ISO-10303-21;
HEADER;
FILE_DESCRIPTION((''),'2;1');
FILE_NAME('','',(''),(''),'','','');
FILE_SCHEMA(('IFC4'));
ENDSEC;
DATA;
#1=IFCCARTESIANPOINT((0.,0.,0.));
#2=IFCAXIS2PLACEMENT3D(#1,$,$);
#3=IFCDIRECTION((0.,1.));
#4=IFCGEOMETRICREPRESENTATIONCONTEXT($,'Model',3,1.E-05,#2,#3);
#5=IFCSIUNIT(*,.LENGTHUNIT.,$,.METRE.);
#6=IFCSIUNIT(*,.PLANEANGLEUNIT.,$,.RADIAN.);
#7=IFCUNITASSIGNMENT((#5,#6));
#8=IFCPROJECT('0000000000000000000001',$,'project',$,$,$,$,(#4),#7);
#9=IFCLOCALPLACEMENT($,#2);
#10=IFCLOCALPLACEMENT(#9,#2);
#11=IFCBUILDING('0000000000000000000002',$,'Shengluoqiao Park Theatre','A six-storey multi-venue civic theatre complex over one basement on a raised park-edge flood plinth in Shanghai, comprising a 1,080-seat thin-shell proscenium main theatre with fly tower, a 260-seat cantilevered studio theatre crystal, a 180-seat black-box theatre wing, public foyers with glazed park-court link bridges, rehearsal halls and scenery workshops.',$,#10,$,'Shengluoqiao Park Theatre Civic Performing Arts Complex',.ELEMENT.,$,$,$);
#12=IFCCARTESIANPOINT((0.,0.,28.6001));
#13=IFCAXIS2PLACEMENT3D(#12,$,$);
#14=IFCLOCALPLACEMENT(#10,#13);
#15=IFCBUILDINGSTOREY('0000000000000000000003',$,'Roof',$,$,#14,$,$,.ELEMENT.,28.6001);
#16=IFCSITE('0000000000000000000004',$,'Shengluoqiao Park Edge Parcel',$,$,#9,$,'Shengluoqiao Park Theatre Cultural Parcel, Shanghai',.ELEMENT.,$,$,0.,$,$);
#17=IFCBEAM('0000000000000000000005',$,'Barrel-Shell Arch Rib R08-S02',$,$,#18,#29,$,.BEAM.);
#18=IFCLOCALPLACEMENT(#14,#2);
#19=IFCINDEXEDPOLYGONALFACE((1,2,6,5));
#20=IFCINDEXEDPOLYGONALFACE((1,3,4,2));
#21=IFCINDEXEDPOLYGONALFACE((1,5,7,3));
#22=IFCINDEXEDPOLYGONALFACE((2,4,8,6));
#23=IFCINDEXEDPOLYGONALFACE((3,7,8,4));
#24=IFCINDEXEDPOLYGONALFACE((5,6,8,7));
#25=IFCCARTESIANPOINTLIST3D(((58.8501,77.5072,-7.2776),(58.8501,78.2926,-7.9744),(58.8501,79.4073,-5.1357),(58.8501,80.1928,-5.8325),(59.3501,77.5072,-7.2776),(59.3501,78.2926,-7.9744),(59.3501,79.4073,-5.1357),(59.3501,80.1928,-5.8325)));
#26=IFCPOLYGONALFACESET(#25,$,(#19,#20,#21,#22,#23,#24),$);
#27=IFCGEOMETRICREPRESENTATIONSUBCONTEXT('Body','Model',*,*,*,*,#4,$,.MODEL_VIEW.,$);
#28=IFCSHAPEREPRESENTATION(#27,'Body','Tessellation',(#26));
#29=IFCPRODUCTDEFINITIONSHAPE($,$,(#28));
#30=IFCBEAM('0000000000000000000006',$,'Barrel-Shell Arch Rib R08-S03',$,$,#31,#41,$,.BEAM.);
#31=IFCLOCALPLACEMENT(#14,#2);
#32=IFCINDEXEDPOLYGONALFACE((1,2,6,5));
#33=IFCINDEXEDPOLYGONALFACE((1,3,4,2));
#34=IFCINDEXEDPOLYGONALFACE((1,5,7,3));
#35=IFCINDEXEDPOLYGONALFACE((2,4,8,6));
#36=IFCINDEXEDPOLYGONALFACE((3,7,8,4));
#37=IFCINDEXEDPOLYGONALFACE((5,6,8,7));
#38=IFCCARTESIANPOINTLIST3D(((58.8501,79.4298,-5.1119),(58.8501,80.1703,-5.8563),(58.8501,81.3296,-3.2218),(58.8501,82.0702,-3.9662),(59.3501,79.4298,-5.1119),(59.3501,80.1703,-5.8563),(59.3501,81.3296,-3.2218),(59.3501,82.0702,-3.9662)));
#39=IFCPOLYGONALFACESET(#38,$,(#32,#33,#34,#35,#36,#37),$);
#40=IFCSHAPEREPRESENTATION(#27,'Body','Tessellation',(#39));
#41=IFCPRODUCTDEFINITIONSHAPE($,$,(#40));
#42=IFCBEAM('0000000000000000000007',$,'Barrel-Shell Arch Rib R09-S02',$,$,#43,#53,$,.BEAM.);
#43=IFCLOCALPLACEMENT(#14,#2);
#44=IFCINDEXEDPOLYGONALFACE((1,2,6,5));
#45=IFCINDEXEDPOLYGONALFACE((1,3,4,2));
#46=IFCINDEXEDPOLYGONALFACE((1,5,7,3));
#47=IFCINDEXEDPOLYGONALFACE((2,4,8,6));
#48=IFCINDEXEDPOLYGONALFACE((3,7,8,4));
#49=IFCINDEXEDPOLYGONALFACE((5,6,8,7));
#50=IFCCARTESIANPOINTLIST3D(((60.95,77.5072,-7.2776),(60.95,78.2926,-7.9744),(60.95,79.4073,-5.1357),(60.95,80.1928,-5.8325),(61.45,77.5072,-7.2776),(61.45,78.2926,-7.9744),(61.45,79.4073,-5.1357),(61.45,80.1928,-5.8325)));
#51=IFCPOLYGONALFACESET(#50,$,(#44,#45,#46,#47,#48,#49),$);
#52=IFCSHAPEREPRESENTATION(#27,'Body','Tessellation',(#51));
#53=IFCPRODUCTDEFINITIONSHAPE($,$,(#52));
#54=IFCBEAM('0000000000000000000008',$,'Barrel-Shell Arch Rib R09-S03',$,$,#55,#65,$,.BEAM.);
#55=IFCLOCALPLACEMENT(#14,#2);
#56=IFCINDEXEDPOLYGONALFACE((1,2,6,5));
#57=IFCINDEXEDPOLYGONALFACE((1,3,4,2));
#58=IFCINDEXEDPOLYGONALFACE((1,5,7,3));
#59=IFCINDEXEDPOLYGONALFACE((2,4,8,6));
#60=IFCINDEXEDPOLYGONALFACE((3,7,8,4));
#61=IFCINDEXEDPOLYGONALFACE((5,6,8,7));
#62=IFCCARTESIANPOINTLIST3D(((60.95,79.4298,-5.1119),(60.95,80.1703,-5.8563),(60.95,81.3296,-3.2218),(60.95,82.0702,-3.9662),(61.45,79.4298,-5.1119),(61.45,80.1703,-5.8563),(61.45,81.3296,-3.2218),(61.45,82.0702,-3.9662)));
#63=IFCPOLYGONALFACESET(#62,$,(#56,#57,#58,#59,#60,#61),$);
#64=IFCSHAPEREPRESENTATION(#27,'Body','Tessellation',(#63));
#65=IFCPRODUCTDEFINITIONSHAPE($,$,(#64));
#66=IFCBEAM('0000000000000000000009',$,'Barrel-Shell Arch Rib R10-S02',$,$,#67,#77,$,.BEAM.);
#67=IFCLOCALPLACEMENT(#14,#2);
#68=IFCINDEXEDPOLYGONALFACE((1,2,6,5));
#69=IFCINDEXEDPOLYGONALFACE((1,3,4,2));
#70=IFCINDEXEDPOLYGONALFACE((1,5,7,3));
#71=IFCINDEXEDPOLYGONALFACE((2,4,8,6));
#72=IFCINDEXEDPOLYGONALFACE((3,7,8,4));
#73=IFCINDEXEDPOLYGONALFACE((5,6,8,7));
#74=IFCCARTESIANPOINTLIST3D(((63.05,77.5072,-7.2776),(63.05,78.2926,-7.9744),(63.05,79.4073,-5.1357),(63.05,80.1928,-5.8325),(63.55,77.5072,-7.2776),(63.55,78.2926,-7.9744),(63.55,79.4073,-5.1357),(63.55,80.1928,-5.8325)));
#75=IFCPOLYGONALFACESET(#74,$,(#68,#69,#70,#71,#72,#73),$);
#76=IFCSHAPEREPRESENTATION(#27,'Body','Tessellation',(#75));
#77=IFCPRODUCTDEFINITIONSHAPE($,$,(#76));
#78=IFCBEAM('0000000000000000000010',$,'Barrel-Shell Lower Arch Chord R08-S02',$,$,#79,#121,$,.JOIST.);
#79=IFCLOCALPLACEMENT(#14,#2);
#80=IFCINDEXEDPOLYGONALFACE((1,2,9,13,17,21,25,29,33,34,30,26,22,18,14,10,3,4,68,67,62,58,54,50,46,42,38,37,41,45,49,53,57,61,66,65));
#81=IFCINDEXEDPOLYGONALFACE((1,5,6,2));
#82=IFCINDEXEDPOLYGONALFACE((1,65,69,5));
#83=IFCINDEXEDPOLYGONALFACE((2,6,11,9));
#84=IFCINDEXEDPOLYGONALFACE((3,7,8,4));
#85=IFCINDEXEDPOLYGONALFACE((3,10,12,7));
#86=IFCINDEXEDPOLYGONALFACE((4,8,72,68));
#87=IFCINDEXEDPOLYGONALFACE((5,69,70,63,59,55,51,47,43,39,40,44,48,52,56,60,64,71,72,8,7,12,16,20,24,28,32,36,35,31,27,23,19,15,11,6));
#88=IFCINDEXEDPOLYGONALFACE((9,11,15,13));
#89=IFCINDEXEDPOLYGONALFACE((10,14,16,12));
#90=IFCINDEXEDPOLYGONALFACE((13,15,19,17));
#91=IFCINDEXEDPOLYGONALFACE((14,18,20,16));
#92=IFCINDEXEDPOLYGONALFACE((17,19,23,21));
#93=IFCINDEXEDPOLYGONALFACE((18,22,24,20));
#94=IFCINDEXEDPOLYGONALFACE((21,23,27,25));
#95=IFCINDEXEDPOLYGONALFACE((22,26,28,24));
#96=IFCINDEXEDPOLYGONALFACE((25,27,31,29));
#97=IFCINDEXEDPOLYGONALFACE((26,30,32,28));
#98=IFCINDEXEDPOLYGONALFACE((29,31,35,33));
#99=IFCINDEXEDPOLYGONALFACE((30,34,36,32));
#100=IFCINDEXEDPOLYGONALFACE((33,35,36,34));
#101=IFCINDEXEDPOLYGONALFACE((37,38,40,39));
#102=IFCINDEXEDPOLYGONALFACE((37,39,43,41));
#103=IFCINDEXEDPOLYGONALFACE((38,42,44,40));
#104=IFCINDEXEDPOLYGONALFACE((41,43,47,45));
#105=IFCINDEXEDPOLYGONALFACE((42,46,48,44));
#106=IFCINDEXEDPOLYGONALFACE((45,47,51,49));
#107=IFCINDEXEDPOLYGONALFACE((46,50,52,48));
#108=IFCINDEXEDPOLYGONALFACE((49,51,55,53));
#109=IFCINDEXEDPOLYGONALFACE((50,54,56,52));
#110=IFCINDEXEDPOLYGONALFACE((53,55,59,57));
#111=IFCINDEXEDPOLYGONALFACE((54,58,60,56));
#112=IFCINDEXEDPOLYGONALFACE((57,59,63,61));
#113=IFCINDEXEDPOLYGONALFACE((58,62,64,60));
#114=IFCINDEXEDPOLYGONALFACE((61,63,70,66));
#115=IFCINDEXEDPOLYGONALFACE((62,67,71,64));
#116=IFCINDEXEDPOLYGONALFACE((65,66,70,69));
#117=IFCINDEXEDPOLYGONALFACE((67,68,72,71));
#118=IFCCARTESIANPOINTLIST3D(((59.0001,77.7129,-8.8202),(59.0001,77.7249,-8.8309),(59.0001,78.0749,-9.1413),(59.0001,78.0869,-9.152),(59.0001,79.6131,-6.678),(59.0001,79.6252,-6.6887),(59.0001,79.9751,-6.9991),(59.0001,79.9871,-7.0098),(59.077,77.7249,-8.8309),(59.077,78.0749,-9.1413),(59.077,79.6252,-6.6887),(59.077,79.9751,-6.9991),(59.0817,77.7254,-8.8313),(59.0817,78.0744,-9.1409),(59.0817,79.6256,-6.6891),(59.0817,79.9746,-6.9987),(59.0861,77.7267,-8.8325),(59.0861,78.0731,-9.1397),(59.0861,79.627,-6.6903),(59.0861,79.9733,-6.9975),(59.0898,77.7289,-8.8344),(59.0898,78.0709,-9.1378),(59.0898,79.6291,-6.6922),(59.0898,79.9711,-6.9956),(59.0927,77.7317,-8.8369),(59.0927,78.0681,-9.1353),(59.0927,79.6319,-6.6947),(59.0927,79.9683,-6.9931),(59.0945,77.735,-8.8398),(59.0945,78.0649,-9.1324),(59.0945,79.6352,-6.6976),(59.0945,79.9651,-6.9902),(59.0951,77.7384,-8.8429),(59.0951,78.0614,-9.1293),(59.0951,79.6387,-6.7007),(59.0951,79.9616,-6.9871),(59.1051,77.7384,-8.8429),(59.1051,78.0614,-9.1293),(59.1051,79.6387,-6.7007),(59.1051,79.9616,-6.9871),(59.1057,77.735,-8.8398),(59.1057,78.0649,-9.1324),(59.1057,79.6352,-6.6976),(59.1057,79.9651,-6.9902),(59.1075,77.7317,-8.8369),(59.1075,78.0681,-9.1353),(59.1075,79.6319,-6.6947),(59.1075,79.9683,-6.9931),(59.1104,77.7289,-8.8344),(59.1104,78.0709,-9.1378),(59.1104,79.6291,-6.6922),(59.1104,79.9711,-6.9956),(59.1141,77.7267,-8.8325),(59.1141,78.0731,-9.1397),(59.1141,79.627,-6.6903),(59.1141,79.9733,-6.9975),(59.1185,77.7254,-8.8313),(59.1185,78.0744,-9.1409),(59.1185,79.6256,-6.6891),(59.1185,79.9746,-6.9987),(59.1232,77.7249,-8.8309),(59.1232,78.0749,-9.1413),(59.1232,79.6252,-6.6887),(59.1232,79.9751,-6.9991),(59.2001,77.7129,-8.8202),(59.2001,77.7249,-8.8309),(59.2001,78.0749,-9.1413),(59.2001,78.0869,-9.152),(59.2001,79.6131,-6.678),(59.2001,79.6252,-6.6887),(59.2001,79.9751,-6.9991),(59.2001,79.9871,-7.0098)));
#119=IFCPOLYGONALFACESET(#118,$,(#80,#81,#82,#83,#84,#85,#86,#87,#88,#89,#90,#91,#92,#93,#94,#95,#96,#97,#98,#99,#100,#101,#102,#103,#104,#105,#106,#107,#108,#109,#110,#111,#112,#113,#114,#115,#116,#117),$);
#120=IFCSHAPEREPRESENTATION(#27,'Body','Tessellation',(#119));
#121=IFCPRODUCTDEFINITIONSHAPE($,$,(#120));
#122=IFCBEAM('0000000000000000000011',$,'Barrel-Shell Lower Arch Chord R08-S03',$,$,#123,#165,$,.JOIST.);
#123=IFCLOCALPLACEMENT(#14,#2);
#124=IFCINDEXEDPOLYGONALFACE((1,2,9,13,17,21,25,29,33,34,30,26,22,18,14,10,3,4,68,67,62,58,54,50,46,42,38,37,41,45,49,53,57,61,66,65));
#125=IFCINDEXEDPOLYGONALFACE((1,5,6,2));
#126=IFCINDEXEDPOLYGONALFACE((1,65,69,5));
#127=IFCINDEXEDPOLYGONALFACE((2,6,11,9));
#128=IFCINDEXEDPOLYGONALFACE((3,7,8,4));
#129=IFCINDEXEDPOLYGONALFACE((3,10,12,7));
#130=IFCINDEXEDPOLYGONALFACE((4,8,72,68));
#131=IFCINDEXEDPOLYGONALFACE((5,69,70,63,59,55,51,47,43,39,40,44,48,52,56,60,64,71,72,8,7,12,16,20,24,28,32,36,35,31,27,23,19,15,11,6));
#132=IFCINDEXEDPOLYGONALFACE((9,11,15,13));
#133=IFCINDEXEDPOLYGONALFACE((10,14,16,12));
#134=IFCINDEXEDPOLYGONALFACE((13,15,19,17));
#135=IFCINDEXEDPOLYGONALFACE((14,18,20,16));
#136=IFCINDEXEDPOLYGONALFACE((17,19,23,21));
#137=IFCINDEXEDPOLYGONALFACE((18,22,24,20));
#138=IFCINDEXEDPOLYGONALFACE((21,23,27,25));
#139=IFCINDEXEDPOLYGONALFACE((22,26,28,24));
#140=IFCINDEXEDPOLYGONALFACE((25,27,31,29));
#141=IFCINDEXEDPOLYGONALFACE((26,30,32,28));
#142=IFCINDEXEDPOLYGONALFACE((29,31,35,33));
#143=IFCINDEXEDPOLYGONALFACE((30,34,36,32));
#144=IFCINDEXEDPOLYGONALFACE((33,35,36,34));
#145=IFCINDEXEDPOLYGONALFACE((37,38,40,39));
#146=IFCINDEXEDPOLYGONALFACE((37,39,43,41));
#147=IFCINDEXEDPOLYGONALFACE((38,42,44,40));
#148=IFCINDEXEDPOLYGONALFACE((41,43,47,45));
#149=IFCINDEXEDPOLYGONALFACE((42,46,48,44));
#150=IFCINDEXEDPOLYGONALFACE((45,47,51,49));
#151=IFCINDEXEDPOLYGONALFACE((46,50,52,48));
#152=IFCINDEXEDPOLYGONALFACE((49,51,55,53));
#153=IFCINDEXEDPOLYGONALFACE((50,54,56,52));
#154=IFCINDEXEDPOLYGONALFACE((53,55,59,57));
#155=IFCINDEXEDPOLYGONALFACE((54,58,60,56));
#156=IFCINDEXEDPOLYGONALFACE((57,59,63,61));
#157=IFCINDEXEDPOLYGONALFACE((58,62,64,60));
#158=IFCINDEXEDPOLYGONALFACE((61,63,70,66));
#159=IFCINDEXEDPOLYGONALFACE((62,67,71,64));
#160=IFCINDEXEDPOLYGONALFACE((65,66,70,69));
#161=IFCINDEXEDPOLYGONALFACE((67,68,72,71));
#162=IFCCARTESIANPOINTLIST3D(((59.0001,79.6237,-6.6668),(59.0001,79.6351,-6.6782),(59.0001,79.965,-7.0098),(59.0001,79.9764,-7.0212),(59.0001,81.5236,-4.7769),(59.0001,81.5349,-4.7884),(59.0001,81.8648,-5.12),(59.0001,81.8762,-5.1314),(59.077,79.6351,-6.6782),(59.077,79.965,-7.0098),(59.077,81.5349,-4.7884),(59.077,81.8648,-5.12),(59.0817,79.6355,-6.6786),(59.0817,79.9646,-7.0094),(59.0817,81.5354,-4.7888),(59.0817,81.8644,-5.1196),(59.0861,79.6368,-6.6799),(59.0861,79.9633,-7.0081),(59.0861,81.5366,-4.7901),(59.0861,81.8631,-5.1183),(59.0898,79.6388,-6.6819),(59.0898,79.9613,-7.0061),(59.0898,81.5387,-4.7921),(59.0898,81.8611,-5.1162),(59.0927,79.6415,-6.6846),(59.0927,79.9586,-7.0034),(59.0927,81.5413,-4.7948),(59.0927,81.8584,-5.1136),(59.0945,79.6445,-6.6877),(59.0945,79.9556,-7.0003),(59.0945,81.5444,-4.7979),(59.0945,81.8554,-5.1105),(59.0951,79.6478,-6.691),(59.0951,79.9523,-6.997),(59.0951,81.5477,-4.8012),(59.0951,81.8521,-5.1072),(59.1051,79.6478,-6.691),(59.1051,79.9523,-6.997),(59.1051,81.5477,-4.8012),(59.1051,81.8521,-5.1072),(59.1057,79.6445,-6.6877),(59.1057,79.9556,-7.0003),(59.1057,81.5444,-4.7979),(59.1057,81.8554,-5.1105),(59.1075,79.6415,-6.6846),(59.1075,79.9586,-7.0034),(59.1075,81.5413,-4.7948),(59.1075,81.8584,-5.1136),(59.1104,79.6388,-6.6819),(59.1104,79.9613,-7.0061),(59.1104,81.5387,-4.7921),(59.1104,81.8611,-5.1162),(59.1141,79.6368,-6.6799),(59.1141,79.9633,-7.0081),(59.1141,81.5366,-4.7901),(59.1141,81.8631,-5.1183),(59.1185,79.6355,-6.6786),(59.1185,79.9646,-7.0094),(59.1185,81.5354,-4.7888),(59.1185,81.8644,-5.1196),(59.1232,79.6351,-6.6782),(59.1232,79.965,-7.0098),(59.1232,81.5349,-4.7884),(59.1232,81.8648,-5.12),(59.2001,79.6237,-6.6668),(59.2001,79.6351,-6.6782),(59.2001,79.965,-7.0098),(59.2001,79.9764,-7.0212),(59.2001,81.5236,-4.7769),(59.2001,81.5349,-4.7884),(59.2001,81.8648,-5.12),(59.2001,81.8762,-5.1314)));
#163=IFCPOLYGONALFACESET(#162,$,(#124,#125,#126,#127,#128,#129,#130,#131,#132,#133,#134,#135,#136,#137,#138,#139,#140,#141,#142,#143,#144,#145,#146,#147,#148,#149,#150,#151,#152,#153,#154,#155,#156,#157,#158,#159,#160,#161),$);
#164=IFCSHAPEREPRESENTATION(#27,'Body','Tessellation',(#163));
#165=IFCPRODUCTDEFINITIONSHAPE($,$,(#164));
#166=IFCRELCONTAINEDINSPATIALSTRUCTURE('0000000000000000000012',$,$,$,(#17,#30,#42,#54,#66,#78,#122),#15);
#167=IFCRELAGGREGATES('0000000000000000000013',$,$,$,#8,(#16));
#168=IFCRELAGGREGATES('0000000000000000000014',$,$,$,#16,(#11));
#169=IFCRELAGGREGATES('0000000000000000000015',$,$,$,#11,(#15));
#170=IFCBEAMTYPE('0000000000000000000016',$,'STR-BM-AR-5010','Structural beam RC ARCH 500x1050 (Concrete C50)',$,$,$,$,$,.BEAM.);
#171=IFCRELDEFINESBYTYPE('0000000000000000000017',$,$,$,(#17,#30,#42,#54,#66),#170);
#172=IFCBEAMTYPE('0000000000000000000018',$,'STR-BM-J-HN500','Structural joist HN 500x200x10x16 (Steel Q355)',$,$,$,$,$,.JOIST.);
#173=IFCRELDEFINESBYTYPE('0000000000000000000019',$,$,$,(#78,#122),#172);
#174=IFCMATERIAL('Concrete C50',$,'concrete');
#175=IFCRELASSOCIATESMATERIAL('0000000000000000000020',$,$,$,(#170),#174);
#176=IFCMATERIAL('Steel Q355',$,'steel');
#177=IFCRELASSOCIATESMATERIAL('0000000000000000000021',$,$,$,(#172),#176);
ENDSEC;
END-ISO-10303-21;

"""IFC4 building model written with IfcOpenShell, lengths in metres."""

from ifc_helpers import new_model, si_unit, direction, frame, origin, origin_2d, place, context, subcontext, project, spatial, rectangle, i_section, extrude, material, material_profile, profile_set, type_object, element, save


model = new_model("IFC4")

# Units and contexts
model_context = context("Model", 3, precision=1e-05, world=origin(), true_north=direction((0.0, 1.0)))
body_context = subcontext(model_context, "Body", "Model", "MODEL_VIEW")
ifc_project = project(units=[si_unit("LENGTHUNIT", "METRE"), si_unit("PLANEANGLEUNIT", "RADIAN")], contexts=[model_context])

# Site, building, storey
site_placement = place(None, origin())
site = spatial("IfcSite", under=ifc_project, at=site_placement, Name="Shengluoqiao Park Edge Parcel", LongName="Shengluoqiao Park Theatre Cultural Parcel, Shanghai", CompositionType="ELEMENT", RefElevation=0.0)
building_placement = place(site_placement, origin())
building = spatial("IfcBuilding", under=site, at=building_placement, Name="Shengluoqiao Park Theatre", Description="A six-storey multi-venue civic theatre complex over one basement on a raised park-edge flood plinth in Shanghai, comprising a 1,080-seat thin-shell proscenium main theatre with fly tower, a 260-seat cantilevered studio theatre crystal, a 180-seat black-box theatre wing, public foyers with glazed park-court link bridges, rehearsal halls and scenery workshops.", LongName="Shengluoqiao Park Theatre Civic Performing Arts Complex", CompositionType="ELEMENT")
storey_placement = place(building_placement, frame((0.0, 0.0, 28.6001)))
storey = spatial("IfcBuildingStorey", under=building, at=storey_placement, Name="Roof", CompositionType="ELEMENT", Elevation=28.6001)

# Beams
ifc_material_1 = material(Name="Concrete C50", Category="concrete")
ifc_material_profile_1 = material_profile(ifc_material_1, rectangle(XDim=0.5, YDim=1.05, at=origin_2d()), Name="RC ARCH 500x1050")
ifc_profile_set_1 = profile_set([ifc_material_profile_1], Name="Concrete C50")
beam_type_1 = type_object("IfcBeamType", Name="STR-BM-AR-5010", Description="Structural beam RC ARCH 500x1050 (Concrete C50)", PredefinedType="BEAM", material=ifc_profile_set_1)
beam_1_placement = place(storey_placement, frame((59.1001, 77.8999, -7.626), z_axis=(0.0, 0.663638, 0.748053), x_axis=(-1.0, 0.0, 0.0)))
element("IfcBeam", 1, at=beam_1_placement, inside=storey, type_object=beam_type_1, Name="Barrel-Shell Arch Rib R08-S02", PredefinedType="BEAM", context=body_context, shape_type="SweptSolid", body=[
    extrude(rectangle(XDim=0.5, YDim=1.05, at=origin_2d()), origin(), (0.0, 0.0, 1.0), 2.8633),
])
beam_2_placement = place(storey_placement, frame((59.1001, 79.8, -5.4841), z_axis=(0.0, 0.708926, 0.705282), x_axis=(-1.0, 0.0, 0.0)))
element("IfcBeam", 2, at=beam_2_placement, inside=storey, type_object=beam_type_1, Name="Barrel-Shell Arch Rib R08-S03", PredefinedType="BEAM", context=body_context, shape_type="SweptSolid", body=[
    extrude(rectangle(XDim=0.5, YDim=1.05, at=origin_2d()), origin(), (0.0, 0.0, 1.0), 2.6799),
])
beam_3_placement = place(storey_placement, frame((61.2, 77.8999, -7.626), z_axis=(0.0, 0.663638, 0.748053), x_axis=(-1.0, 0.0, 0.0)))
element("IfcBeam", 3, at=beam_3_placement, inside=storey, type_object=beam_type_1, Name="Barrel-Shell Arch Rib R09-S02", PredefinedType="BEAM", context=body_context, shape_type="SweptSolid", body=[
    extrude(rectangle(XDim=0.5, YDim=1.05, at=origin_2d()), origin(), (0.0, 0.0, 1.0), 2.8633),
])
beam_4_placement = place(storey_placement, frame((61.2, 79.8, -5.4841), z_axis=(0.0, 0.708926, 0.705282), x_axis=(-1.0, 0.0, 0.0)))
element("IfcBeam", 4, at=beam_4_placement, inside=storey, type_object=beam_type_1, Name="Barrel-Shell Arch Rib R09-S03", PredefinedType="BEAM", context=body_context, shape_type="SweptSolid", body=[
    extrude(rectangle(XDim=0.5, YDim=1.05, at=origin_2d()), origin(), (0.0, 0.0, 1.0), 2.6799),
])
beam_5_placement = place(storey_placement, frame((63.3, 77.8999, -7.626), z_axis=(0.0, 0.663638, 0.748053), x_axis=(-1.0, 0.0, 0.0)))
element("IfcBeam", 5, at=beam_5_placement, inside=storey, type_object=beam_type_1, Name="Barrel-Shell Arch Rib R10-S02", PredefinedType="BEAM", context=body_context, shape_type="SweptSolid", body=[
    extrude(rectangle(XDim=0.5, YDim=1.05, at=origin_2d()), origin(), (0.0, 0.0, 1.0), 2.8633),
])
ifc_material_2 = material(Name="Steel Q355", Category="steel")
ifc_material_profile_2 = material_profile(ifc_material_2, i_section(OverallWidth=0.2, OverallDepth=0.5, WebThickness=0.01, FlangeThickness=0.0161, FilletRadius=0.0181, at=origin_2d()), Name="HN 500x200x10x16")
ifc_profile_set_2 = profile_set([ifc_material_profile_2], Name="Steel Q355")
beam_type_2 = type_object("IfcBeamType", Name="STR-BM-J-HN500", Description="Structural joist HN 500x200x10x16 (Steel Q355)", PredefinedType="JOIST", material=ifc_profile_set_2)
beam_6_placement = place(storey_placement, frame((59.1001, 77.8999, -8.9861), z_axis=(0.0, 0.663596, 0.748091), x_axis=(-1.0, 0.0, 0.0)))
element("IfcBeam", 6, at=beam_6_placement, inside=storey, type_object=beam_type_2, Name="Barrel-Shell Lower Arch Chord R08-S02", PredefinedType="JOIST", context=body_context, shape_type="SweptSolid", body=[
    extrude(i_section(OverallWidth=0.2, OverallDepth=0.5, WebThickness=0.01, FlangeThickness=0.0161, FilletRadius=0.0181, at=origin_2d()), origin(), (0.0, 0.0, 1.0), 2.8635),
])
beam_7_placement = place(storey_placement, frame((59.1001, 79.8, -6.844), z_axis=(0.0, 0.708972, 0.705237), x_axis=(-1.0, 0.0, 0.0)))
element("IfcBeam", 7, at=beam_7_placement, inside=storey, type_object=beam_type_2, Name="Barrel-Shell Lower Arch Chord R08-S03", PredefinedType="JOIST", context=body_context, shape_type="SweptSolid", body=[
    extrude(i_section(OverallWidth=0.2, OverallDepth=0.5, WebThickness=0.01, FlangeThickness=0.0161, FilletRadius=0.0181, at=origin_2d()), origin(), (0.0, 0.0, 1.0), 2.6797),
])

save(model, "model.ifc")
